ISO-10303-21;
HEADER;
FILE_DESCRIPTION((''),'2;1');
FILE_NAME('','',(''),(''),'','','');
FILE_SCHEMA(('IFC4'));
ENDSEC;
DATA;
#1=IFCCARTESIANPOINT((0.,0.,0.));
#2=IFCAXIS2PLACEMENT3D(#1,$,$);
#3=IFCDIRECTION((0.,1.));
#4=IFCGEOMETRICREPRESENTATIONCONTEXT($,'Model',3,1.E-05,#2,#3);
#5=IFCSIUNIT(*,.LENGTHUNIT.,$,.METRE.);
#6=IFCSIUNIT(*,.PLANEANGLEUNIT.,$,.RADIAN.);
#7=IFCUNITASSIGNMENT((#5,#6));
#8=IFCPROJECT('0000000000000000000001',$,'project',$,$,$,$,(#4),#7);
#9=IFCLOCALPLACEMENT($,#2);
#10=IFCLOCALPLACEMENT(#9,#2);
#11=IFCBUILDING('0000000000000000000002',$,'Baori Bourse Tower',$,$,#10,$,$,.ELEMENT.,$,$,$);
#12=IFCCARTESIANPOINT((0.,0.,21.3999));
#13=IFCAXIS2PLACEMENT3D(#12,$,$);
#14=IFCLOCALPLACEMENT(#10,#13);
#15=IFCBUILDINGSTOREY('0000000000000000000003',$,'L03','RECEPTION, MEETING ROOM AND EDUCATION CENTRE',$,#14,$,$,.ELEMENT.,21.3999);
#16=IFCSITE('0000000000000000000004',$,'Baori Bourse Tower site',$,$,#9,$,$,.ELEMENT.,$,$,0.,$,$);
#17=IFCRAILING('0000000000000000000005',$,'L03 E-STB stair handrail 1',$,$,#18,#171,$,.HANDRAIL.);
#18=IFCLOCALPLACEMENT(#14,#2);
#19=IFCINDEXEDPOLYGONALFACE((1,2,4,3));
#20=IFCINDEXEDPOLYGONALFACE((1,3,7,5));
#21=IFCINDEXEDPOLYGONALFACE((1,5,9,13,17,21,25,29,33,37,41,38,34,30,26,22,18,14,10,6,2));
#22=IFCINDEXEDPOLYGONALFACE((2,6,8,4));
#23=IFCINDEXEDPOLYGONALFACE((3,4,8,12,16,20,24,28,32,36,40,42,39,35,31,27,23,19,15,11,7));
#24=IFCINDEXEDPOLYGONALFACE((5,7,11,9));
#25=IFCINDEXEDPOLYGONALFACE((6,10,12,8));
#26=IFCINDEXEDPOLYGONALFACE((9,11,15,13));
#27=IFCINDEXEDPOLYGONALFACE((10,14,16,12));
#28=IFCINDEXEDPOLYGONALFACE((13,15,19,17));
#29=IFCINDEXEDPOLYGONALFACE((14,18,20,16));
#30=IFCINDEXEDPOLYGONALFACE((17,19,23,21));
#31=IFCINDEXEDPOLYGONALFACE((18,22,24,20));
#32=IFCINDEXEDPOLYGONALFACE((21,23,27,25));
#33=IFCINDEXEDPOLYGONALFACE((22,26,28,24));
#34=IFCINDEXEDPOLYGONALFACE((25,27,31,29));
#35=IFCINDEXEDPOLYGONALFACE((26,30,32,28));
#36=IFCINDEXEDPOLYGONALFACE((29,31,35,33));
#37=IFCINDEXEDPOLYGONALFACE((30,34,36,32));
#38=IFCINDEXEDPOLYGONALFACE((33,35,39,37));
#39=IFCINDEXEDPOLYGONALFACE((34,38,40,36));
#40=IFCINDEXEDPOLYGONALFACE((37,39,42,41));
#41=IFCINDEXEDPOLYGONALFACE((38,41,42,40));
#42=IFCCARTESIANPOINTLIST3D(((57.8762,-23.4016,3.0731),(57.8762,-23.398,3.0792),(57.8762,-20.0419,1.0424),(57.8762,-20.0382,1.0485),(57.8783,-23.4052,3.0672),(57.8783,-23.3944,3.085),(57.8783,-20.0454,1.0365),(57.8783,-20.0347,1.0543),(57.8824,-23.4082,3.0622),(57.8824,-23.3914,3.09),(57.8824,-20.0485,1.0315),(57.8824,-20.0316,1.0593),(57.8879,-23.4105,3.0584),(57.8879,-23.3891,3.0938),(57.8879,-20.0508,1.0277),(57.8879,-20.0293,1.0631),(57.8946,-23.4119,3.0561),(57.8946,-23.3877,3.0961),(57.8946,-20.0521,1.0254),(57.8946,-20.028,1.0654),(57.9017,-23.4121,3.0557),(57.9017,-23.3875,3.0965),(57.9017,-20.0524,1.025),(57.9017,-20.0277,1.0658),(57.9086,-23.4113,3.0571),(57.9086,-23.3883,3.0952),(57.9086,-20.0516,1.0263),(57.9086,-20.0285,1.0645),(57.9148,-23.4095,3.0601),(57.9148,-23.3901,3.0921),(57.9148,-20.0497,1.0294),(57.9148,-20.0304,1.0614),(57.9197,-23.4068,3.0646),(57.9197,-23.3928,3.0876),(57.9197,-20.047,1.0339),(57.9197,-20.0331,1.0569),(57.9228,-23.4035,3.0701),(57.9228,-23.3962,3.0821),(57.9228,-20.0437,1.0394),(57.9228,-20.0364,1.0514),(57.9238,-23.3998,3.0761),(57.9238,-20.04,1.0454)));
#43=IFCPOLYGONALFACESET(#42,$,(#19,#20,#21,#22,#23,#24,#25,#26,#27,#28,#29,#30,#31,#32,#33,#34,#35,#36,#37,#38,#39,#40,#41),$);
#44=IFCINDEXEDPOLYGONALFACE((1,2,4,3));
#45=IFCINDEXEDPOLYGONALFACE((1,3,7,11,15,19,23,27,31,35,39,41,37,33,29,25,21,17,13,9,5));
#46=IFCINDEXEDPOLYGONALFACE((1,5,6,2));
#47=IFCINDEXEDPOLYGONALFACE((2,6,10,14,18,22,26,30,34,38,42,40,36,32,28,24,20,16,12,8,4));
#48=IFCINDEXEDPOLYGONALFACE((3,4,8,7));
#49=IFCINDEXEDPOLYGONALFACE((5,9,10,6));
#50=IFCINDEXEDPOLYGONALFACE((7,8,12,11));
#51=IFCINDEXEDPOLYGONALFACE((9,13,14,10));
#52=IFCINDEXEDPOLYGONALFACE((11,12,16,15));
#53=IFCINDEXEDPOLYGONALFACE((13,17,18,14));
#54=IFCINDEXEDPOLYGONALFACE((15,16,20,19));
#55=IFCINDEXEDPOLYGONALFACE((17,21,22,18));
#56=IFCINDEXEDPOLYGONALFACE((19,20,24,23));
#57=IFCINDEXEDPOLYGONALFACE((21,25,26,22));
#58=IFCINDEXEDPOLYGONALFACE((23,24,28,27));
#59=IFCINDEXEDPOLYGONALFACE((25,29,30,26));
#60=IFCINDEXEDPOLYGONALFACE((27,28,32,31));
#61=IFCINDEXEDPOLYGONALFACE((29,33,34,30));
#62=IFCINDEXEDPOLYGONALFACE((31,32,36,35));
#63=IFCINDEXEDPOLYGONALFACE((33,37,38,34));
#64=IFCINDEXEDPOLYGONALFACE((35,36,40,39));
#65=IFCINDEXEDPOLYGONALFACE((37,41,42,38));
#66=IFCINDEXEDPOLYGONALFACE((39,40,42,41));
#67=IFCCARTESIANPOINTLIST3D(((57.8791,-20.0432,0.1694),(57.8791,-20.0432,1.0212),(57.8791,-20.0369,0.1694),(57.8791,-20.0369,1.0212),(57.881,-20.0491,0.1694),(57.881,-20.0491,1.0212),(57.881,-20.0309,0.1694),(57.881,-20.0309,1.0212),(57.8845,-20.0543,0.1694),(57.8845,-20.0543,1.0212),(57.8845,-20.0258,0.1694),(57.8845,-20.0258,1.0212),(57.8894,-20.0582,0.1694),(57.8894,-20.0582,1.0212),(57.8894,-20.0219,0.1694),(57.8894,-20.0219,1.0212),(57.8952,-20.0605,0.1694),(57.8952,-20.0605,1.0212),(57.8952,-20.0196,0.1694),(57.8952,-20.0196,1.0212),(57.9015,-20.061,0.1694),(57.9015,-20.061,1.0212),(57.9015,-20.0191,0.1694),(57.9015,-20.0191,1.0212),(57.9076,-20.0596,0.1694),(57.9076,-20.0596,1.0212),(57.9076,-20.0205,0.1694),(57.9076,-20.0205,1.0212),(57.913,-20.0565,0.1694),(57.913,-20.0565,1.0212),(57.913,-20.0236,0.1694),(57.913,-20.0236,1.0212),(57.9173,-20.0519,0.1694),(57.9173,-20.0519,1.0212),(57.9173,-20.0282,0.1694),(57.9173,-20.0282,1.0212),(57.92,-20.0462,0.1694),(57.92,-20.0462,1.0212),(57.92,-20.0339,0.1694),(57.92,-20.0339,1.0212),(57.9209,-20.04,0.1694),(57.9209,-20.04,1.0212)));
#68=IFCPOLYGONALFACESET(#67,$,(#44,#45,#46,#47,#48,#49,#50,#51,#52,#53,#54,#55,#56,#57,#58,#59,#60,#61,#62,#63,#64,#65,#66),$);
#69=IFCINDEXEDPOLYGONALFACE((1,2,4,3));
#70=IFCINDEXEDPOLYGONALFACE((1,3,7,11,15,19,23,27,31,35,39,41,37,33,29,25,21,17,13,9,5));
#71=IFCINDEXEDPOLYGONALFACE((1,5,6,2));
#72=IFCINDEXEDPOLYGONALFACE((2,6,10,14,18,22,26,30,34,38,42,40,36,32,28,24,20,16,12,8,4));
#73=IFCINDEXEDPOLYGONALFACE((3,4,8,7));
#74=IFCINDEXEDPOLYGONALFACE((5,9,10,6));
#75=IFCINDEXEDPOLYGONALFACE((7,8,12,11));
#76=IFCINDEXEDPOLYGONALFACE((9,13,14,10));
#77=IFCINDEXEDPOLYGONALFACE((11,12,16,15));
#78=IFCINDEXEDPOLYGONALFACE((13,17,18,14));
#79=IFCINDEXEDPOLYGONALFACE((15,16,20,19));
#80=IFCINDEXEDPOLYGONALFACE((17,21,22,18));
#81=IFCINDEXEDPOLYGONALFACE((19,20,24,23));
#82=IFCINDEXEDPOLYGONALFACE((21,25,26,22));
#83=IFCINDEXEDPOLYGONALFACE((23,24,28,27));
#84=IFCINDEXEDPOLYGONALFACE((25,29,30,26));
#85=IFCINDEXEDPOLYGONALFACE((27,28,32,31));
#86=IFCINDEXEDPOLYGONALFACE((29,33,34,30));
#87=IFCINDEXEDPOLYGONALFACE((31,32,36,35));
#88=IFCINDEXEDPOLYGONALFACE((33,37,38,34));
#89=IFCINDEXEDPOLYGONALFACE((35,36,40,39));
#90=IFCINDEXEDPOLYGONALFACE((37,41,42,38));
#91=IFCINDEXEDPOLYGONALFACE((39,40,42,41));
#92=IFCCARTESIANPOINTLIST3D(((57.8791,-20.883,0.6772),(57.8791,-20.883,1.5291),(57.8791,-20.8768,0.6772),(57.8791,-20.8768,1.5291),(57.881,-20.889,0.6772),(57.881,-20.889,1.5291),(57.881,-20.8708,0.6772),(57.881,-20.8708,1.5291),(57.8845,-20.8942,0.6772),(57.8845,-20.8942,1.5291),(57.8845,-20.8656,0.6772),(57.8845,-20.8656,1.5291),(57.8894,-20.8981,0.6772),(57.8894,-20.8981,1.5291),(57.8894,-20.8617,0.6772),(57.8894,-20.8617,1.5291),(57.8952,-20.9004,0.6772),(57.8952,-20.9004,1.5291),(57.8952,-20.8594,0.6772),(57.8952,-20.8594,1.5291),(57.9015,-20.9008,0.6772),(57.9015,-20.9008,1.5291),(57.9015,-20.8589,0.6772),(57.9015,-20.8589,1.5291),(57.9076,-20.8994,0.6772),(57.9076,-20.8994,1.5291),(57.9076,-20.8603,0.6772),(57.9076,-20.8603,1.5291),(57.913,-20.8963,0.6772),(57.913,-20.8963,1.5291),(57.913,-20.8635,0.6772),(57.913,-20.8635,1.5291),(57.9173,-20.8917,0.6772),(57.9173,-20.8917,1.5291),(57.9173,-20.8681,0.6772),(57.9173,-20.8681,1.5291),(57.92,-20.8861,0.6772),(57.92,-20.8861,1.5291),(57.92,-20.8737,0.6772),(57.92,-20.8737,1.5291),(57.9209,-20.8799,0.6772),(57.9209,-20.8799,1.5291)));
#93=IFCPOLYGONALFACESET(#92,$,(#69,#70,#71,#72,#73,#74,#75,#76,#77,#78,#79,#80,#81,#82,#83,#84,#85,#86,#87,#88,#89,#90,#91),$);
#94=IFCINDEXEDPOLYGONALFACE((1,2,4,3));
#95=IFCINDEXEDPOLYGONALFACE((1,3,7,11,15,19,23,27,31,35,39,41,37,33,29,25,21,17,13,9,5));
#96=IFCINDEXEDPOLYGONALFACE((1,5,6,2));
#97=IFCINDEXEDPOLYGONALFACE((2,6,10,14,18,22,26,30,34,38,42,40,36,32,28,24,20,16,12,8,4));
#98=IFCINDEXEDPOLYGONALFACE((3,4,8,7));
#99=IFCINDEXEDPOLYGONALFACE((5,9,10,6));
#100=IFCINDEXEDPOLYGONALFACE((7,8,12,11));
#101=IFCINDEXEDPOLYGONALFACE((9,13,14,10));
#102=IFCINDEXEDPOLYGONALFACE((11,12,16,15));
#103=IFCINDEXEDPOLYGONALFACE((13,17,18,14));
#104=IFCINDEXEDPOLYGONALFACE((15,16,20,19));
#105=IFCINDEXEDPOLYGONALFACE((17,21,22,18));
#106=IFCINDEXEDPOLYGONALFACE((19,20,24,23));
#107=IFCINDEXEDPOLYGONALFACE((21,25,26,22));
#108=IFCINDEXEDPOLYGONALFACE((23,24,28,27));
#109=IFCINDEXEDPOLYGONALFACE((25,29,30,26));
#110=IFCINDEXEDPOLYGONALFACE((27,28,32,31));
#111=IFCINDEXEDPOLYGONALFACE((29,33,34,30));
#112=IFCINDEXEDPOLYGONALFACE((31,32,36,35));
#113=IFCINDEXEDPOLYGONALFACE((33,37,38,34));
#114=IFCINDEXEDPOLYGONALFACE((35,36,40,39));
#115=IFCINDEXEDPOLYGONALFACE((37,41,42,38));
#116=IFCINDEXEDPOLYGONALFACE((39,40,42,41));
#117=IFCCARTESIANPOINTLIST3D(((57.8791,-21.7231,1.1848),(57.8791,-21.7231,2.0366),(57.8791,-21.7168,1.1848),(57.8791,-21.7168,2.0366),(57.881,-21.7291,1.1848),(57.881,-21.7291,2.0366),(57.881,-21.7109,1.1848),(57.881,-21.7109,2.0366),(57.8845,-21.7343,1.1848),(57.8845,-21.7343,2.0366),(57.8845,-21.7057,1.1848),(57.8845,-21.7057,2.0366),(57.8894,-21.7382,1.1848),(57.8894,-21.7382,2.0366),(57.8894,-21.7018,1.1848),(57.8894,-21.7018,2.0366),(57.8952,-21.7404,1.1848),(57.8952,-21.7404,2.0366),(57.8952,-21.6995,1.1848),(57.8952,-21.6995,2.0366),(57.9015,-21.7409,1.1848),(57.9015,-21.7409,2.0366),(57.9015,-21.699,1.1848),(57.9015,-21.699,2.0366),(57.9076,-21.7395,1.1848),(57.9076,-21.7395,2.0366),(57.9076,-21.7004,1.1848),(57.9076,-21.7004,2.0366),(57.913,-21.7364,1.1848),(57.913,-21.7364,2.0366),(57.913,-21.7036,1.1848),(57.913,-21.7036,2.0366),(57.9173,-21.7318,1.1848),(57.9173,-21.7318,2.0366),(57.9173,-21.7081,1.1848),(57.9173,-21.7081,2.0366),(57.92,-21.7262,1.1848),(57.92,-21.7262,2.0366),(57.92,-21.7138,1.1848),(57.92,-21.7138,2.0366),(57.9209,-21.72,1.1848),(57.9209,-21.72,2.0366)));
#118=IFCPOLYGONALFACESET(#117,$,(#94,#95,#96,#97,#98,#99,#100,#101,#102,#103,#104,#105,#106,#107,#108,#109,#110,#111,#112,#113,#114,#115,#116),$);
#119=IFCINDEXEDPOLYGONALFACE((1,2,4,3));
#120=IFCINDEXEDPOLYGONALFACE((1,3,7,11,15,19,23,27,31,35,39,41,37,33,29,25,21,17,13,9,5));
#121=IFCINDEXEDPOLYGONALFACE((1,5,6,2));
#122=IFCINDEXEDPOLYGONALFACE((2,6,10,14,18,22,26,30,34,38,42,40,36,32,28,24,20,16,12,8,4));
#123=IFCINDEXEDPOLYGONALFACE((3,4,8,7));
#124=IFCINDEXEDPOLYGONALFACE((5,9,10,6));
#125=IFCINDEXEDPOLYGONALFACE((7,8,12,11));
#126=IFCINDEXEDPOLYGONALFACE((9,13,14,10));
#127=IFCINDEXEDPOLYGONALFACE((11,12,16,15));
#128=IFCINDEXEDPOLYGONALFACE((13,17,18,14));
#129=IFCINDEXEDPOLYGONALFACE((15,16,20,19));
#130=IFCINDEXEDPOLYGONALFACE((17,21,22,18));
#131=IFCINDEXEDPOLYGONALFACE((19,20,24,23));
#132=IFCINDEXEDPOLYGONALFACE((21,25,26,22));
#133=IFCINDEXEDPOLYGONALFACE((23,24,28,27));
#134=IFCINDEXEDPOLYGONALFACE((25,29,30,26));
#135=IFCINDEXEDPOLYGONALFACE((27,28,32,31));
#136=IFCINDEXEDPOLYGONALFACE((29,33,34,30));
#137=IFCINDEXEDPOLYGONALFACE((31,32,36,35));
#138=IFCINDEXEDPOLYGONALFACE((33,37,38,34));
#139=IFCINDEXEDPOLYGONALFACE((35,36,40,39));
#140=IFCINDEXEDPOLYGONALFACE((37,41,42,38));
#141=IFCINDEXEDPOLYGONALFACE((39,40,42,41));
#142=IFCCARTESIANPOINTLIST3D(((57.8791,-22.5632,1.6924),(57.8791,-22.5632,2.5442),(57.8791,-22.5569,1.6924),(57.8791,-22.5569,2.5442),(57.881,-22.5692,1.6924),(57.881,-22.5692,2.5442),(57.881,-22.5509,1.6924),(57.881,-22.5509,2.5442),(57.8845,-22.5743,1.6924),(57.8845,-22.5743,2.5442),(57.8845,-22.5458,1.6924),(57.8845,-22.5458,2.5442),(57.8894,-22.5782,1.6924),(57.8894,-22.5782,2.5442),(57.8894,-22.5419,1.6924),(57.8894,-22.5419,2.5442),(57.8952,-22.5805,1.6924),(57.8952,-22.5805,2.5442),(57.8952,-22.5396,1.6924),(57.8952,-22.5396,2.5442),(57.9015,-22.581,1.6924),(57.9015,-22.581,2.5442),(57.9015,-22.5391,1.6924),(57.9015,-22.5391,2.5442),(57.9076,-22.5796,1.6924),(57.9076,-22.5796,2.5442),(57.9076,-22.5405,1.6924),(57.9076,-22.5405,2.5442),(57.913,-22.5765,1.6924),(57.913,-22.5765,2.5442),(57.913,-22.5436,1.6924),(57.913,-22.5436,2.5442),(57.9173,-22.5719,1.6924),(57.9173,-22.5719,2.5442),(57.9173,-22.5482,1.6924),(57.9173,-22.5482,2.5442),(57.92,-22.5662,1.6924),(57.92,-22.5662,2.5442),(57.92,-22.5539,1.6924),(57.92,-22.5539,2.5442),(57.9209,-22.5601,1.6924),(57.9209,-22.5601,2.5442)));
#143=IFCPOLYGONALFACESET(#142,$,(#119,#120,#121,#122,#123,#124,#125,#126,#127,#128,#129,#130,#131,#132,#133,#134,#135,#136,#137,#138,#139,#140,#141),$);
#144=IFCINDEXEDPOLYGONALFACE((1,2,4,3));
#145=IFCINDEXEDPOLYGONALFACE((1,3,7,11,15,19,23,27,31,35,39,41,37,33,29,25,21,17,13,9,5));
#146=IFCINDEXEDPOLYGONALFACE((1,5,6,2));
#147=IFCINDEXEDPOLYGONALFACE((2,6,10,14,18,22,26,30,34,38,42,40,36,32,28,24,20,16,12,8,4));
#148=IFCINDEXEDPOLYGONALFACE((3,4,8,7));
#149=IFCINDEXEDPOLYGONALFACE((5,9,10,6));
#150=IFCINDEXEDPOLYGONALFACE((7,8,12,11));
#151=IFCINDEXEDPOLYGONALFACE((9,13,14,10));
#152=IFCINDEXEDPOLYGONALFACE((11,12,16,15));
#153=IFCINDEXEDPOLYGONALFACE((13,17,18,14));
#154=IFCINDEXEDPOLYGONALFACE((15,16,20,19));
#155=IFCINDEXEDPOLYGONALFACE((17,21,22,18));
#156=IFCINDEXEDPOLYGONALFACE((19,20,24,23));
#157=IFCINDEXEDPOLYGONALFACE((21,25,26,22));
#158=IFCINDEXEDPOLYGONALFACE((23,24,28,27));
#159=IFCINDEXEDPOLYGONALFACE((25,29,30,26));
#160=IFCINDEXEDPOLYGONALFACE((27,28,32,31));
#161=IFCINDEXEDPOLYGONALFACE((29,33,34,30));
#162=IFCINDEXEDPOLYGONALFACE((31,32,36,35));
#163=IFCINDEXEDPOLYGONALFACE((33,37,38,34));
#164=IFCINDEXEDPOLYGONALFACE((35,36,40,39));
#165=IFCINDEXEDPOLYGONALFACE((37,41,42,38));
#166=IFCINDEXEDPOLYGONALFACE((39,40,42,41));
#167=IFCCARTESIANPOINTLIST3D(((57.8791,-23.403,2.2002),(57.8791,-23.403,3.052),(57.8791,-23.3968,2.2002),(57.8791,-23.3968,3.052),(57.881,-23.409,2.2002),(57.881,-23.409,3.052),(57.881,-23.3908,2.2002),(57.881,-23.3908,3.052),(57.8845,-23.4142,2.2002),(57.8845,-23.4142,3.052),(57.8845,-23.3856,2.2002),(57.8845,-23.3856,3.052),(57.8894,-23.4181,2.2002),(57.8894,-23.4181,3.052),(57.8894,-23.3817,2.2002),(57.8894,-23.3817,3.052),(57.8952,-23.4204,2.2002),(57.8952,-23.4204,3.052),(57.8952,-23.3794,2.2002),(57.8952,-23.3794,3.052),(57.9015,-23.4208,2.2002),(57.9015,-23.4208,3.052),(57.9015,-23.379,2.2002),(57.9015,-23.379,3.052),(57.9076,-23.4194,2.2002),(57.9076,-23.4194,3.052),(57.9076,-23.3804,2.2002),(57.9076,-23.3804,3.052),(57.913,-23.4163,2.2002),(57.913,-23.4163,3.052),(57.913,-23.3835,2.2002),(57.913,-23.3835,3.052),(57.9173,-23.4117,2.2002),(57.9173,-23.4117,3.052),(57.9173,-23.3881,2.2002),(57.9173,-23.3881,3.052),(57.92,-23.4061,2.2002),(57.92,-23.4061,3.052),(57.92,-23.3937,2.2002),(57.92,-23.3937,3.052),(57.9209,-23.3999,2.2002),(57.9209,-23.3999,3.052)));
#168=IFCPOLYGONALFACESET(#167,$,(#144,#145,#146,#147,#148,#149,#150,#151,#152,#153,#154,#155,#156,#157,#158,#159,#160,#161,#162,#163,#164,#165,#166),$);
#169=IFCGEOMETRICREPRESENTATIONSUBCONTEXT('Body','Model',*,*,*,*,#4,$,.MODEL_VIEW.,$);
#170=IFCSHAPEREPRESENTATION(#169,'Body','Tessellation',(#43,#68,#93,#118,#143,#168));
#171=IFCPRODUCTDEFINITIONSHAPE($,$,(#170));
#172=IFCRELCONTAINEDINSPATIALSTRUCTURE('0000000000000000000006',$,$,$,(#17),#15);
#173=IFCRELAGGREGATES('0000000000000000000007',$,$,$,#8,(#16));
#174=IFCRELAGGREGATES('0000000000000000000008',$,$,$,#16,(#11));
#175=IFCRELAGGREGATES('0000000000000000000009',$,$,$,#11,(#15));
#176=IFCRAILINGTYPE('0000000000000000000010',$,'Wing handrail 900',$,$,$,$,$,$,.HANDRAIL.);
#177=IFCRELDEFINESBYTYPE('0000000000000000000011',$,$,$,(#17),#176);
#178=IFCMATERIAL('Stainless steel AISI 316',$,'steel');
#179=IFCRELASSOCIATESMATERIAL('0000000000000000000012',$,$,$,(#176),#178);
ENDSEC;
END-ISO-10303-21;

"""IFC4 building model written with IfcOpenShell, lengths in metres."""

from ifc_helpers import new_model, si_unit, direction, frame, origin, origin_2d, place, context, subcontext, project, spatial, circle, extrude, material, type_object, element, save


model = new_model("IFC4")

# Units and contexts
model_context = context("Model", 3, precision=1e-05, world=origin(), true_north=direction((0.0, 1.0)))
body_context = subcontext(model_context, "Body", "Model", "MODEL_VIEW")
ifc_project = project(units=[si_unit("LENGTHUNIT", "METRE"), si_unit("PLANEANGLEUNIT", "RADIAN")], contexts=[model_context])

# Site, building, storey
site_placement = place(None, origin())
site = spatial("IfcSite", under=ifc_project, at=site_placement, Name="Baori Bourse Tower site", CompositionType="ELEMENT", RefElevation=0.0)
building_placement = place(site_placement, origin())
building = spatial("IfcBuilding", under=site, at=building_placement, Name="Baori Bourse Tower", CompositionType="ELEMENT")
storey_placement = place(building_placement, frame((0.0, 0.0, 21.3999)))
storey = spatial("IfcBuildingStorey", under=building, at=storey_placement, Name="L03", Description="RECEPTION, MEETING ROOM AND EDUCATION CENTRE", CompositionType="ELEMENT", Elevation=21.3999)

# Railing
ifc_material_1 = material(Name="Stainless steel AISI 316", Category="steel")
railing_type_1 = type_object("IfcRailingType", Name="Wing handrail 900", PredefinedType="HANDRAIL", material=ifc_material_1)
railing_1_placement = place(storey_placement, frame((57.8999, -20.04, 0.1694)))
element("IfcRailing", 1, at=railing_1_placement, inside=storey, type_object=railing_type_1, Name="L03 E-STB stair handrail 1", PredefinedType="HANDRAIL", context=body_context, shape_type="SweptSolid", body=[
    extrude(circle(Radius=0.0239, at=origin_2d()), frame((0.0, 0.0, 0.876), z_axis=(0.0, -0.85582, 0.517273), x_axis=(1.0, 0.0, 0.0)), (0.0, 0.0, 1.0), 3.9258),
    extrude(circle(Radius=0.021, at=origin_2d()), origin(), (0.0, 0.0, 1.0), 0.8518),
    extrude(circle(Radius=0.021, at=origin_2d()), frame((0.0, -0.8398, 0.5078)), (0.0, 0.0, 1.0), 0.8518),
    extrude(circle(Radius=0.021, at=origin_2d()), frame((0.0, -1.6799, 1.0154)), (0.0, 0.0, 1.0), 0.8518),
    extrude(circle(Radius=0.021, at=origin_2d()), frame((0.0, -2.52, 1.5229)), (0.0, 0.0, 1.0), 0.8518),
    extrude(circle(Radius=0.021, at=origin_2d()), frame((0.0, -3.3599, 2.0308)), (0.0, 0.0, 1.0), 0.8518),
])

save(model, "model.ifc")
